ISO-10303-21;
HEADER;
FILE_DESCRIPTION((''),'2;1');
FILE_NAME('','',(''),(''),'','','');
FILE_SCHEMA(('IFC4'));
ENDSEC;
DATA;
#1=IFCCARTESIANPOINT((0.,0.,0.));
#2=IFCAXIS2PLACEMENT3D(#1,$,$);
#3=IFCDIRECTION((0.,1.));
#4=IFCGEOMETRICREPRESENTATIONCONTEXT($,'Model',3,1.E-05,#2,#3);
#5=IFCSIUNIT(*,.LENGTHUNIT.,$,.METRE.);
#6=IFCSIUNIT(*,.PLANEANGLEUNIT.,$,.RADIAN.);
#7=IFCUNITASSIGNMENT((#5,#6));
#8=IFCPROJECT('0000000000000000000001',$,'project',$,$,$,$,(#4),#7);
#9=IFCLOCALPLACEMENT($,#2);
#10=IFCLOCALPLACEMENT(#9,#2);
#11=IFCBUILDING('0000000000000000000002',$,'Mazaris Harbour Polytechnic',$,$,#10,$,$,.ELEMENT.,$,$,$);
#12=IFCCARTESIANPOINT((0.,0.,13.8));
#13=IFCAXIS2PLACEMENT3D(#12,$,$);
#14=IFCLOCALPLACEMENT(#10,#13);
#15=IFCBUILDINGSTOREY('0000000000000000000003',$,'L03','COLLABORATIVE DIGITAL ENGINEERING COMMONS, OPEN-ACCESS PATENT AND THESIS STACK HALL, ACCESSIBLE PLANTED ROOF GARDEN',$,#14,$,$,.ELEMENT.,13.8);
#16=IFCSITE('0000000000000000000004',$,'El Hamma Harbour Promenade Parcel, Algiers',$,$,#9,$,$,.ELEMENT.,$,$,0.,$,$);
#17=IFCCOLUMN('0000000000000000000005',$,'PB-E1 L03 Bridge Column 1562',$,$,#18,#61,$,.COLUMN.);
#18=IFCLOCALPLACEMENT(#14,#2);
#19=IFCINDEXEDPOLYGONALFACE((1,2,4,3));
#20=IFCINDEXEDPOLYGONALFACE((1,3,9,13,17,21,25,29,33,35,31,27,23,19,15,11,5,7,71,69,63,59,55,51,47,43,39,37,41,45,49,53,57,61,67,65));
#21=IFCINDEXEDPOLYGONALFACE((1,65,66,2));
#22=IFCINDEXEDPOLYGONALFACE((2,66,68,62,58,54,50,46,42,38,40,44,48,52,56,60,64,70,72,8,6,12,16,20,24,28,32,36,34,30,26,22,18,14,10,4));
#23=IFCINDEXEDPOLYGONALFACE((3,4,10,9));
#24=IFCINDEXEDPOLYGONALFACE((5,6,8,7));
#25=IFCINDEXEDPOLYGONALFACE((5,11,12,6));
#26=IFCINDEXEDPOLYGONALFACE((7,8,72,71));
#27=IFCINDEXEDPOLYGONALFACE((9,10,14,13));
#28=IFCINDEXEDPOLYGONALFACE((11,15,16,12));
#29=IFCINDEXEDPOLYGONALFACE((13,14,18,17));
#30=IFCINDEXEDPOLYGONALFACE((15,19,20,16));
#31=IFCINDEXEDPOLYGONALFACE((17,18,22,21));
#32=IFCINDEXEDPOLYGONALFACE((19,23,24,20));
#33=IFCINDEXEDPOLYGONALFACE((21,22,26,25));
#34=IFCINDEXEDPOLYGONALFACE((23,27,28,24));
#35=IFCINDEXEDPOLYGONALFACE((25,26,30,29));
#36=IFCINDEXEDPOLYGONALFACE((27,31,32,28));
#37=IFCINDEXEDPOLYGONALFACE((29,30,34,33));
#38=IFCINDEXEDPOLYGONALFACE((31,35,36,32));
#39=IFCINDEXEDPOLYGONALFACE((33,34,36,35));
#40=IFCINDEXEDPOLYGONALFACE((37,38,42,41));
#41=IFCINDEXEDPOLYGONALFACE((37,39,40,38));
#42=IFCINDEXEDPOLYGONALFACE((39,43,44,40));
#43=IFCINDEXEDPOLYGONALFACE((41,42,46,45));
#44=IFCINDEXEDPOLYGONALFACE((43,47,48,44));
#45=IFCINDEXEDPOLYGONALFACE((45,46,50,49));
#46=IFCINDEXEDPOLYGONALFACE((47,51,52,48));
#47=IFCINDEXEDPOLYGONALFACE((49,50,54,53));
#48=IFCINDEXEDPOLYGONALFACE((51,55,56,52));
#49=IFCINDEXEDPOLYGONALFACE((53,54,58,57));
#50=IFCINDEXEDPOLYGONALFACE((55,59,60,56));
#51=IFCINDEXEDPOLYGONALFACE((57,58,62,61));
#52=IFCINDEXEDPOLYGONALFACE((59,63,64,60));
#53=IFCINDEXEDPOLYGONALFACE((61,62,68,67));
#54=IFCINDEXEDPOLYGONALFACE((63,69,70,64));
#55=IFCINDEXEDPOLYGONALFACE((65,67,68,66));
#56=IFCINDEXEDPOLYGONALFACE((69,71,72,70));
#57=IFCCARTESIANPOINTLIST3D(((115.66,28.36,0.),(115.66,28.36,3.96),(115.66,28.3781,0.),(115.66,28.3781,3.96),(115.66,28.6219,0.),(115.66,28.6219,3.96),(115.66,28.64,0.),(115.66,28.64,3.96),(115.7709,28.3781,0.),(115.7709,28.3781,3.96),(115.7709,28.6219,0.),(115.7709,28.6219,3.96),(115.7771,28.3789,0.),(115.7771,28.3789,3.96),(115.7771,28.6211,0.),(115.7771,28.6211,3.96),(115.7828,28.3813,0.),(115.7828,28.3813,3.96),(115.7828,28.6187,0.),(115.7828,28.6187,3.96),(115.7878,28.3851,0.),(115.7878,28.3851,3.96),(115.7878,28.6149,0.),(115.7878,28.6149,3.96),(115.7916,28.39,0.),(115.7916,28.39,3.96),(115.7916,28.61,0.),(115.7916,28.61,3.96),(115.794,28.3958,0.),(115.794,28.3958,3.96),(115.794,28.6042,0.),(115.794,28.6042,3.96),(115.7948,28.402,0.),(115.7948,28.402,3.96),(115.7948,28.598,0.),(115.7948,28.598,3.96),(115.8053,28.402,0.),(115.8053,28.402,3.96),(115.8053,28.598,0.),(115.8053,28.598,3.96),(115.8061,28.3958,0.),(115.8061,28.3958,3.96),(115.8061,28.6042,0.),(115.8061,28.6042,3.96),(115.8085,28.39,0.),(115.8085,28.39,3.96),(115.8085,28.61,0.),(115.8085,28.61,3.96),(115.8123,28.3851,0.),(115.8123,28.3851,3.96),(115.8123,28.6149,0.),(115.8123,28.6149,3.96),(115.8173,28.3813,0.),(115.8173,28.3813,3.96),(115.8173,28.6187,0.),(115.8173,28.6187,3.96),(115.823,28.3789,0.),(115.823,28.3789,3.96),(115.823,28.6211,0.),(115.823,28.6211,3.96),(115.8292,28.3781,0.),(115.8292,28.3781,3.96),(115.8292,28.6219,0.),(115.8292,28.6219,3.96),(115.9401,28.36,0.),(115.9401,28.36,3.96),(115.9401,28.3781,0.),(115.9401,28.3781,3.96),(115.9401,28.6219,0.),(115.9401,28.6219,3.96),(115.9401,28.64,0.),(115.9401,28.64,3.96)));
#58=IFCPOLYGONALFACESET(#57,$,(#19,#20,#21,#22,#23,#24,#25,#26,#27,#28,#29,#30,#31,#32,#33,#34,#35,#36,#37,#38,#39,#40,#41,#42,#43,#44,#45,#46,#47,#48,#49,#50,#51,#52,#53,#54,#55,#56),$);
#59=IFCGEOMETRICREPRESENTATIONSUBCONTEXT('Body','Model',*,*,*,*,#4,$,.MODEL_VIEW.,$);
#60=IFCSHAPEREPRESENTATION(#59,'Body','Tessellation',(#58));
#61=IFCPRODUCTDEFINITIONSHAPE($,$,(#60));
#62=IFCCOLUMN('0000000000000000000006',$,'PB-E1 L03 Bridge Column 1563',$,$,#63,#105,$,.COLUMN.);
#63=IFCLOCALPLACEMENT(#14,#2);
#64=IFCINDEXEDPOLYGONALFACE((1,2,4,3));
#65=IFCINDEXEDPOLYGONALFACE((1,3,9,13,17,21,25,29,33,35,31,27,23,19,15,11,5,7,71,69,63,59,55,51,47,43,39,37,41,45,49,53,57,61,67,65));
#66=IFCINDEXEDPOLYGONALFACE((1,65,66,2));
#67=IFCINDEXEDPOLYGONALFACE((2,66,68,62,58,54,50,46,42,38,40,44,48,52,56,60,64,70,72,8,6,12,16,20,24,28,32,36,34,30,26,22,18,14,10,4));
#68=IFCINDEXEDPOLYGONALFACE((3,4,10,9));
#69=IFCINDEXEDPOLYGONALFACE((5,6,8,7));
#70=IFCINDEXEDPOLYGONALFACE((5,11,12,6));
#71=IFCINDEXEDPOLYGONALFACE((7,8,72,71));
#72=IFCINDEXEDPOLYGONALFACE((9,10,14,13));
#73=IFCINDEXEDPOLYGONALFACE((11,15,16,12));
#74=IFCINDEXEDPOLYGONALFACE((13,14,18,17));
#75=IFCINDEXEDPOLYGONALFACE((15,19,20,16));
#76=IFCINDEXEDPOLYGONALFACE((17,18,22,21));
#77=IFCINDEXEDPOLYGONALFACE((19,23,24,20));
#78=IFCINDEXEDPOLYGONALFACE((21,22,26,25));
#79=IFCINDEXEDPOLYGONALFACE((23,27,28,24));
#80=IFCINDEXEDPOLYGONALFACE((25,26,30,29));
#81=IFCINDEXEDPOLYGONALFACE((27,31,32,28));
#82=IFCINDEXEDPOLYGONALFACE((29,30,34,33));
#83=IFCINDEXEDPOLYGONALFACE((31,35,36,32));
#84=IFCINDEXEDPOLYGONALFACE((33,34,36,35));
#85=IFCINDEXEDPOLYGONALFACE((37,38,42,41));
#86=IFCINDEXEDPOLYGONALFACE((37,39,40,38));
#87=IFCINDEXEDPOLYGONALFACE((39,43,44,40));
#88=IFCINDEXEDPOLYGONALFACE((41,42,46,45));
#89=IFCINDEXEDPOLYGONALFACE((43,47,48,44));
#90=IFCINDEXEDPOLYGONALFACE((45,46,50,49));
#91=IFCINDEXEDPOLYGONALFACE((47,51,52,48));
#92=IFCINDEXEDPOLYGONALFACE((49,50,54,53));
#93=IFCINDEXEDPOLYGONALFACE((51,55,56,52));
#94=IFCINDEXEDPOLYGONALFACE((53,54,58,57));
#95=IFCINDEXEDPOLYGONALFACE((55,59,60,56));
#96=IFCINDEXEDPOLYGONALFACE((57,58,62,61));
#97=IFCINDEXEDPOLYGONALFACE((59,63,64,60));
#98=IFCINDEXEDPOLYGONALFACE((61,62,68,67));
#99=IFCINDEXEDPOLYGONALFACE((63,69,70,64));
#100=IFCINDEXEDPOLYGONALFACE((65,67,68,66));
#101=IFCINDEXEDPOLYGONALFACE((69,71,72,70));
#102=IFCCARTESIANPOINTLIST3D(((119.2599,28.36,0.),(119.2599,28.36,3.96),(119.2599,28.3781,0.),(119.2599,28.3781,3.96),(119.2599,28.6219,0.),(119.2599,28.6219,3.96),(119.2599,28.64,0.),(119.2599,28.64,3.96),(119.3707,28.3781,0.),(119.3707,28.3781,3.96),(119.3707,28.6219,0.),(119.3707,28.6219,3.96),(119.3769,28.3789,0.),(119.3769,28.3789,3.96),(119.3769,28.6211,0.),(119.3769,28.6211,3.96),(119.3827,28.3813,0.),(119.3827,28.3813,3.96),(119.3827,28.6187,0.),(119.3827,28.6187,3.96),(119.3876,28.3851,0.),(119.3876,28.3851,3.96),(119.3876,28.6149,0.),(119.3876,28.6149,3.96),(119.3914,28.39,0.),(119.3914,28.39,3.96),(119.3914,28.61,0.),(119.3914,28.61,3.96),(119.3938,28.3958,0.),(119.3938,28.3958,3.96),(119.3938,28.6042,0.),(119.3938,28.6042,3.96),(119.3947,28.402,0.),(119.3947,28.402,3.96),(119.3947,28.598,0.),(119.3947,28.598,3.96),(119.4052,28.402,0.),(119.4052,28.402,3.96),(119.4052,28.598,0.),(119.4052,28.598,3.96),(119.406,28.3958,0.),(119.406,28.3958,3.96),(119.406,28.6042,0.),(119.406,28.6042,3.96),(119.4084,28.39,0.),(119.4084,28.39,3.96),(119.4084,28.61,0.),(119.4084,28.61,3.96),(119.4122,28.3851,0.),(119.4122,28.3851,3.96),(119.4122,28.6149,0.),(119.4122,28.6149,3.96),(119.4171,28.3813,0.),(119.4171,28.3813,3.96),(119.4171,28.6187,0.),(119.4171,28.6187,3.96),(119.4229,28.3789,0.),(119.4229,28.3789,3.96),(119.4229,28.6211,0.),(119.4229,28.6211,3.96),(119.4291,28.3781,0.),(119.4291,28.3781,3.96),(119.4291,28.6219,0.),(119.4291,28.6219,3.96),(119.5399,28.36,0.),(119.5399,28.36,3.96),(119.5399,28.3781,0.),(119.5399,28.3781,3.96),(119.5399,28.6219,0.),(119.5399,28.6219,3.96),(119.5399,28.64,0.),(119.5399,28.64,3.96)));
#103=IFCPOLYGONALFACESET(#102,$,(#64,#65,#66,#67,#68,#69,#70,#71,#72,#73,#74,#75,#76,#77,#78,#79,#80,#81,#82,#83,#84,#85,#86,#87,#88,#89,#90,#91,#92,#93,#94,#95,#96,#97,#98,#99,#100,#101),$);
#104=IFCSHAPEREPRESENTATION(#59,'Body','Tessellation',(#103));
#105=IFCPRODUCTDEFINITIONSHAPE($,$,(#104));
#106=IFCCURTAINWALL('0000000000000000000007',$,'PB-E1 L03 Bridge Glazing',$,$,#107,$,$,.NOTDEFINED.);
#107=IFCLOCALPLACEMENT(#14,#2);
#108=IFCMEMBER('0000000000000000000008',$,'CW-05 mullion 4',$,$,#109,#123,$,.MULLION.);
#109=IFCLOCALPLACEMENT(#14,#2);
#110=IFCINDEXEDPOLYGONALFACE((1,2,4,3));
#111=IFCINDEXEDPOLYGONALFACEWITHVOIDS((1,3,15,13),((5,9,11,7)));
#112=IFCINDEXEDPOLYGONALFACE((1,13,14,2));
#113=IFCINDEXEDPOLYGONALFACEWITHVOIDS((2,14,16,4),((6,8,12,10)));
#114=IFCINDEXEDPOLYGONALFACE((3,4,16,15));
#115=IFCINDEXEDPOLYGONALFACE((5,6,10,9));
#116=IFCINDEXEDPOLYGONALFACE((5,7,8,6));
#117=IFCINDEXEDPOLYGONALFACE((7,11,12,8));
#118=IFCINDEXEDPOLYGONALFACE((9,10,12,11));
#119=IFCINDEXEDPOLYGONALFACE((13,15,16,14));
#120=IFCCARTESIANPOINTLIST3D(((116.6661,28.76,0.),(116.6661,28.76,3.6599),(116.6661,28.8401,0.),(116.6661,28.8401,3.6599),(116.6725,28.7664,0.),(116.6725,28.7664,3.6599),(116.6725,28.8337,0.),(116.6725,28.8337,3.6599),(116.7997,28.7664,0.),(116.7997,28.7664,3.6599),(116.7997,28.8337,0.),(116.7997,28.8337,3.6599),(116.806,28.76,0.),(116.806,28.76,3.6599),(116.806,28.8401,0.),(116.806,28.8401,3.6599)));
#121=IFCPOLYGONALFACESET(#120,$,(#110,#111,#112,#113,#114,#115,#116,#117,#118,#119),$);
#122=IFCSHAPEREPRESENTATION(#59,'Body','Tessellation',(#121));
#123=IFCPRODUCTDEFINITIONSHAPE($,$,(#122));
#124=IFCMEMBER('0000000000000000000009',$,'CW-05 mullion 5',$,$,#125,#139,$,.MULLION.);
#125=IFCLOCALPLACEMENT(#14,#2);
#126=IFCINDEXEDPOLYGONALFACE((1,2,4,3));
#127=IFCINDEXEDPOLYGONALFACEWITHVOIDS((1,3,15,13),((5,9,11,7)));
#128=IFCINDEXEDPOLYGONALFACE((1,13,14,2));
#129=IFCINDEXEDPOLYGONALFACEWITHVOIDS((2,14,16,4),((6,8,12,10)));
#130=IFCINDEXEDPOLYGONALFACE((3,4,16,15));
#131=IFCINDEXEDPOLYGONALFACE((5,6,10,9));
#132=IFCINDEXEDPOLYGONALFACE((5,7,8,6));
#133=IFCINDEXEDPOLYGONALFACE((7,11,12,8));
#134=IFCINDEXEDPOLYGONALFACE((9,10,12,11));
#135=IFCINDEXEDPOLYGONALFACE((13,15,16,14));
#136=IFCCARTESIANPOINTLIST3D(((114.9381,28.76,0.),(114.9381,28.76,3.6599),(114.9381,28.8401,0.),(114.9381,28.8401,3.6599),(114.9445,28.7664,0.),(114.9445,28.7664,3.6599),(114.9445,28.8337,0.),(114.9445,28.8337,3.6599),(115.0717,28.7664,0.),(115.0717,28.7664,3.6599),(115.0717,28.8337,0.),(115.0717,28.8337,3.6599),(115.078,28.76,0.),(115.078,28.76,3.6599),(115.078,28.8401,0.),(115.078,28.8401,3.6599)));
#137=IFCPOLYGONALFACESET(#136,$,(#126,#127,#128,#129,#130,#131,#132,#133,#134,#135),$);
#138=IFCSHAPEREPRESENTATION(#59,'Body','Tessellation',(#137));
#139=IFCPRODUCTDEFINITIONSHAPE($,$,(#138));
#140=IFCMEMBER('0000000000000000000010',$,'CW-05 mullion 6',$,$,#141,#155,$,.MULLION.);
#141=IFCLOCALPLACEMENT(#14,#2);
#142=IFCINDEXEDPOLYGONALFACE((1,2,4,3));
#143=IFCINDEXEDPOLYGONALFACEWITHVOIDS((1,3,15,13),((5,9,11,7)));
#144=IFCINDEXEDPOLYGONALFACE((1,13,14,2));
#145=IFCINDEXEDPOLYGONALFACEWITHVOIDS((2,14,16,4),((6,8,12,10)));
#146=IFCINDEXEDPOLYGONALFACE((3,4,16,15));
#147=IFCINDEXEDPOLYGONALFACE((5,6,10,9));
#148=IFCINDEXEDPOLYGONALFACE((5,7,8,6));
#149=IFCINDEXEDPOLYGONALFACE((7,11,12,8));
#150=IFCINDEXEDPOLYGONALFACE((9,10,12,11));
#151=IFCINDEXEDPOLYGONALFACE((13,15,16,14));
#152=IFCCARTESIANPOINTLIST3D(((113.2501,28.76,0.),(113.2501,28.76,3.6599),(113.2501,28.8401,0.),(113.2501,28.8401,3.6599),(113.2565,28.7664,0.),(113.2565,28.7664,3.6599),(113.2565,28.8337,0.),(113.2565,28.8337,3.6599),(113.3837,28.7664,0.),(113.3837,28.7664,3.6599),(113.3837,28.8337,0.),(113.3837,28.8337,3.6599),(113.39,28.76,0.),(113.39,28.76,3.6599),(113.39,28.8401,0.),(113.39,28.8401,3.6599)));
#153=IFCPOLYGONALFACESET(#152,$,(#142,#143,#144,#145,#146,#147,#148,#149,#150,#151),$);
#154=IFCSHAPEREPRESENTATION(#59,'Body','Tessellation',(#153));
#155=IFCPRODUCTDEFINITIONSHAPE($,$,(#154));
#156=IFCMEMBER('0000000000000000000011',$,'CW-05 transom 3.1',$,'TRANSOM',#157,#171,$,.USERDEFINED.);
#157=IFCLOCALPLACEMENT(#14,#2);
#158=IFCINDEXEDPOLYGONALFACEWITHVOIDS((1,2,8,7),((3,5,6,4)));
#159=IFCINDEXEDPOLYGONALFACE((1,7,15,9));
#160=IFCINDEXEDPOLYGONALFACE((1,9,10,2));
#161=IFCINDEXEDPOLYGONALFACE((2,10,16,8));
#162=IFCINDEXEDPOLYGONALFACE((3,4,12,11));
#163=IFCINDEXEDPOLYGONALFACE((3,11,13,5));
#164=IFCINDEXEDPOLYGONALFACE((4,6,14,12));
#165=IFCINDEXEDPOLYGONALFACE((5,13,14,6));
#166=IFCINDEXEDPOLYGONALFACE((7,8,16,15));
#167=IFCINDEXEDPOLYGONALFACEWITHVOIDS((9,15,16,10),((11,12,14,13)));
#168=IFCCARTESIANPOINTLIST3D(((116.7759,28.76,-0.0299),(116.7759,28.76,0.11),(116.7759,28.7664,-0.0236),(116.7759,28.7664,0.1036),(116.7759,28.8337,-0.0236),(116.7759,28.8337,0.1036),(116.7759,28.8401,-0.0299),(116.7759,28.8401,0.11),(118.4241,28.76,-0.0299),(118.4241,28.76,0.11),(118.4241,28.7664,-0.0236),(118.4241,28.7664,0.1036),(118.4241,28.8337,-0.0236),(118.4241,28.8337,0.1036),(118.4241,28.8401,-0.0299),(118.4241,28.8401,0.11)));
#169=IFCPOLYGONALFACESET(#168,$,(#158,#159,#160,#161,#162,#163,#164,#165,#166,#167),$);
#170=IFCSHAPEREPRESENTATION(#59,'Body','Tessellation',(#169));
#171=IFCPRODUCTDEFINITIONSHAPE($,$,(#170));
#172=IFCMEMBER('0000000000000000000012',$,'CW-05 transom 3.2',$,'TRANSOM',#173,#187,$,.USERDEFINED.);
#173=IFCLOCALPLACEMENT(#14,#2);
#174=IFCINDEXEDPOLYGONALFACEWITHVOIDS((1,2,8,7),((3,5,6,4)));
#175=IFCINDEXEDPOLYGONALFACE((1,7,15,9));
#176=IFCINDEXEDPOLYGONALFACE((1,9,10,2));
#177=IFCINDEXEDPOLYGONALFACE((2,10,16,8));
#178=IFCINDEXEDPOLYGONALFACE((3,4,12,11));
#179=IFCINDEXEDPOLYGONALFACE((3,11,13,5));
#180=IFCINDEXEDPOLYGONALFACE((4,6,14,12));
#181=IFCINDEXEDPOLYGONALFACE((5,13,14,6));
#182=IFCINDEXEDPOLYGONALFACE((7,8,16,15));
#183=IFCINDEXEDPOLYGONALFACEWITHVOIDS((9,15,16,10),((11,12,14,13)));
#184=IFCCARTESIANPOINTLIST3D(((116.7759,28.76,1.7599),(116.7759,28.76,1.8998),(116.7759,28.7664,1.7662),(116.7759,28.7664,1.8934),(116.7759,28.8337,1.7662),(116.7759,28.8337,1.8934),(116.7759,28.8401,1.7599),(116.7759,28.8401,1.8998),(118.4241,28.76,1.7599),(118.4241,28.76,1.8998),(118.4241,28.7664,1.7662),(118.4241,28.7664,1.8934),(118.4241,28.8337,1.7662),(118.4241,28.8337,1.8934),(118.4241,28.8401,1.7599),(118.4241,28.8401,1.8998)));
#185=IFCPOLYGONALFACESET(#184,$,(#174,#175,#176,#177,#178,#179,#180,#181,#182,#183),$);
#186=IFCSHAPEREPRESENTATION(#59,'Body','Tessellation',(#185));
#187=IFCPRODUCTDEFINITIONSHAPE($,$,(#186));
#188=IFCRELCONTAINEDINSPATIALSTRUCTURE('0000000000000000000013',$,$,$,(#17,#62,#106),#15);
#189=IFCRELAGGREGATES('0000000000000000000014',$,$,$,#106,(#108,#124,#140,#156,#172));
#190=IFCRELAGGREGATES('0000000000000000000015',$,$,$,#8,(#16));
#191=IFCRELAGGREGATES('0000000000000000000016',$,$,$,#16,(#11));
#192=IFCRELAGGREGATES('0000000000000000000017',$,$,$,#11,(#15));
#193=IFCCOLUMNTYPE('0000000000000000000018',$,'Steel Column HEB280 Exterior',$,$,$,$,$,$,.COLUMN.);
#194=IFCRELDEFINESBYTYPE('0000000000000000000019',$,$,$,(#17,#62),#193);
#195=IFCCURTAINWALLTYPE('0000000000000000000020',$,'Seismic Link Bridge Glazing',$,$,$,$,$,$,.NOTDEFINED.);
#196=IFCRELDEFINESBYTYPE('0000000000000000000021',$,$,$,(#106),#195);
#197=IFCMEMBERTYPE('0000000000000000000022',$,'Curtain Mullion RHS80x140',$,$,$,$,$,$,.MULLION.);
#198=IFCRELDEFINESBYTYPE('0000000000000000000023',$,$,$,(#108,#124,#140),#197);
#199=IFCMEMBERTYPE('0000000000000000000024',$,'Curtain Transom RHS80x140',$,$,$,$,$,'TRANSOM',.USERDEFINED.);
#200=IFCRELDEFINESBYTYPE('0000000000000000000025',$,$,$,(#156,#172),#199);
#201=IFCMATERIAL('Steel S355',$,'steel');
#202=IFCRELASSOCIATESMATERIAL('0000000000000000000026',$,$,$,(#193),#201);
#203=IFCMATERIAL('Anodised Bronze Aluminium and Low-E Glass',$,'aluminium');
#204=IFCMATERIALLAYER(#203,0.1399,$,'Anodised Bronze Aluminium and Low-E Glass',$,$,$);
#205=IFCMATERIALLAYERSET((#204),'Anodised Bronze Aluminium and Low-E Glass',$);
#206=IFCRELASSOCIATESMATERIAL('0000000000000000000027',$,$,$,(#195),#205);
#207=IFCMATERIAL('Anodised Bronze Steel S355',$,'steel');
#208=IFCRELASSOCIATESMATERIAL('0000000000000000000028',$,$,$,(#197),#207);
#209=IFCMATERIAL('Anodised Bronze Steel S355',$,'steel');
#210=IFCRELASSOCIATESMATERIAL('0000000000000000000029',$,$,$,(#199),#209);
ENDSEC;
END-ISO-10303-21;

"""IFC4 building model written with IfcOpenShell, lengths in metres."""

from ifc_helpers import new_model, si_unit, direction, frame, origin, origin_2d, place, context, subcontext, project, spatial, hollow_rectangle, i_section, extrude, material, layer, layer_set, material_profile, profile_set, type_object, element, aggregate, save


model = new_model("IFC4")

# Units and contexts
model_context = context("Model", 3, precision=1e-05, world=origin(), true_north=direction((0.0, 1.0)))
body_context = subcontext(model_context, "Body", "Model", "MODEL_VIEW")
ifc_project = project(units=[si_unit("LENGTHUNIT", "METRE"), si_unit("PLANEANGLEUNIT", "RADIAN")], contexts=[model_context])

# Site, building, storey
site_placement = place(None, origin())
site = spatial("IfcSite", under=ifc_project, at=site_placement, Name="El Hamma Harbour Promenade Parcel, Algiers", CompositionType="ELEMENT", RefElevation=0.0)
building_placement = place(site_placement, origin())
building = spatial("IfcBuilding", under=site, at=building_placement, Name="Mazaris Harbour Polytechnic", CompositionType="ELEMENT")
storey_placement = place(building_placement, frame((0.0, 0.0, 13.8)))
storey = spatial("IfcBuildingStorey", under=building, at=storey_placement, Name="L03", Description="COLLABORATIVE DIGITAL ENGINEERING COMMONS, OPEN-ACCESS PATENT AND THESIS STACK HALL, ACCESSIBLE PLANTED ROOF GARDEN", CompositionType="ELEMENT", Elevation=13.8)

# Columns
ifc_material_1 = material(Name="Steel S355", Category="steel")
ifc_material_profile_1 = material_profile(ifc_material_1, i_section(OverallWidth=0.28, OverallDepth=0.28, WebThickness=0.0105, FlangeThickness=0.0181, FilletRadius=0.0239, at=origin_2d()), Name="HEB 280")
ifc_profile_set_1 = profile_set([ifc_material_profile_1], Name="Steel S355")
column_type = type_object("IfcColumnType", Name="Steel Column HEB280 Exterior", PredefinedType="COLUMN", material=ifc_profile_set_1)
for number, where, z_axis, x_axis, name in (
    (1, (115.8, 28.5, 0.0), (0.0, 0.0, 1.0), (1.0, 0.0, 0.0), "PB-E1 L03 Bridge Column 1562"),
    (2, (119.3999, 28.5, 0.0), (0.0, 0.0, 1.0), (1.0, 0.0, 0.0), "PB-E1 L03 Bridge Column 1563"),
):
    element("IfcColumn", number, at=place(storey_placement, frame(where, z_axis=z_axis, x_axis=x_axis)), inside=storey, type_object=column_type, Name=name, PredefinedType="COLUMN", context=body_context, shape_type="SweptSolid", body=[
        extrude(i_section(OverallWidth=0.28, OverallDepth=0.28, WebThickness=0.0105, FlangeThickness=0.0181, FilletRadius=0.0239, at=origin_2d()), origin(), (0.0, 0.0, 1.0), 3.96),
    ])

# Curtain wall, members
ifc_material_2 = material(Name="Anodised Bronze Aluminium and Low-E Glass", Category="aluminium")
ifc_layer_1 = layer(ifc_material_2, 0.1399, Name="Anodised Bronze Aluminium and Low-E Glass")
ifc_layer_set_1 = layer_set([ifc_layer_1], Name="Anodised Bronze Aluminium and Low-E Glass")
curtain_wall_type = type_object("IfcCurtainWallType", Name="Seismic Link Bridge Glazing", PredefinedType="NOTDEFINED", material=ifc_layer_set_1)
curtain_wall_placement = place(storey_placement, origin())
curtain_wall = element("IfcCurtainWall", 3, at=curtain_wall_placement, inside=storey, type_object=curtain_wall_type, Name="PB-E1 L03 Bridge Glazing", PredefinedType="NOTDEFINED")
ifc_material_3 = material(Name="Anodised Bronze Steel S355", Category="steel")
ifc_material_profile_2 = material_profile(ifc_material_3, hollow_rectangle(XDim=0.0801, YDim=0.1399, WallThickness=0.0063, at=origin_2d()), Name="RHS 80x140x6.3")
ifc_profile_set_2 = profile_set([ifc_material_profile_2], Name="Anodised Bronze Steel S355")
member_type_1 = type_object("IfcMemberType", Name="Curtain Mullion RHS80x140", PredefinedType="MULLION", material=ifc_profile_set_2)
member_1_placement = place(storey_placement, frame((116.7361, 28.8, 0.0), z_axis=(0.0, 0.0, 1.0), x_axis=(0.0, -1.0, 0.0)))
member_1 = element("IfcMember", 4, at=member_1_placement, type_object=member_type_1, Name="CW-05 mullion 4", PredefinedType="MULLION", context=body_context, shape_type="SweptSolid", body=[
    extrude(hollow_rectangle(XDim=0.0801, YDim=0.1399, WallThickness=0.0063, at=origin_2d()), origin(), (0.0, 0.0, 1.0), 3.6599),
])
member_2_placement = place(storey_placement, frame((115.0081, 28.8, 0.0), z_axis=(0.0, 0.0, 1.0), x_axis=(0.0, -1.0, 0.0)))
member_2 = element("IfcMember", 5, at=member_2_placement, type_object=member_type_1, Name="CW-05 mullion 5", PredefinedType="MULLION", context=body_context, shape_type="SweptSolid", body=[
    extrude(hollow_rectangle(XDim=0.0801, YDim=0.1399, WallThickness=0.0063, at=origin_2d()), origin(), (0.0, 0.0, 1.0), 3.6599),
])
member_3_placement = place(storey_placement, frame((113.3201, 28.8, 0.0), z_axis=(0.0, 0.0, 1.0), x_axis=(0.0, -1.0, 0.0)))
member_3 = element("IfcMember", 6, at=member_3_placement, type_object=member_type_1, Name="CW-05 mullion 6", PredefinedType="MULLION", context=body_context, shape_type="SweptSolid", body=[
    extrude(hollow_rectangle(XDim=0.0801, YDim=0.1399, WallThickness=0.0063, at=origin_2d()), origin(), (0.0, 0.0, 1.0), 3.6599),
])
ifc_material_4 = material(Name="Anodised Bronze Steel S355", Category="steel")
ifc_material_profile_3 = material_profile(ifc_material_4, hollow_rectangle(XDim=0.0801, YDim=0.1399, WallThickness=0.0063, at=origin_2d()), Name="RHS 80x140x6.3")
ifc_profile_set_3 = profile_set([ifc_material_profile_3], Name="Anodised Bronze Steel S355")
member_type_2 = type_object("IfcMemberType", Name="Curtain Transom RHS80x140", ElementType="TRANSOM", PredefinedType="USERDEFINED", material=ifc_profile_set_3)
member_4_placement = place(storey_placement, frame((118.4241, 28.8, 0.04), z_axis=(-1.0, 0.0, 0.0), x_axis=(0.0, -1.0, 0.0)))
member_4 = element("IfcMember", 7, at=member_4_placement, type_object=member_type_2, Name="CW-05 transom 3.1", ObjectType="TRANSOM", PredefinedType="USERDEFINED", context=body_context, shape_type="SweptSolid", body=[
    extrude(hollow_rectangle(XDim=0.0801, YDim=0.1399, WallThickness=0.0063, at=origin_2d()), origin(), (0.0, 0.0, 1.0), 1.6482),
])
member_5_placement = place(storey_placement, frame((118.4241, 28.8, 1.8298), z_axis=(-1.0, 0.0, 0.0), x_axis=(0.0, -1.0, 0.0)))
member_5 = element("IfcMember", 8, at=member_5_placement, type_object=member_type_2, Name="CW-05 transom 3.2", ObjectType="TRANSOM", PredefinedType="USERDEFINED", context=body_context, shape_type="SweptSolid", body=[
    extrude(hollow_rectangle(XDim=0.0801, YDim=0.1399, WallThickness=0.0063, at=origin_2d()), origin(), (0.0, 0.0, 1.0), 1.6482),
])

aggregate(curtain_wall, [member_1, member_2, member_3, member_4, member_5])

save(model, "model.ifc")
